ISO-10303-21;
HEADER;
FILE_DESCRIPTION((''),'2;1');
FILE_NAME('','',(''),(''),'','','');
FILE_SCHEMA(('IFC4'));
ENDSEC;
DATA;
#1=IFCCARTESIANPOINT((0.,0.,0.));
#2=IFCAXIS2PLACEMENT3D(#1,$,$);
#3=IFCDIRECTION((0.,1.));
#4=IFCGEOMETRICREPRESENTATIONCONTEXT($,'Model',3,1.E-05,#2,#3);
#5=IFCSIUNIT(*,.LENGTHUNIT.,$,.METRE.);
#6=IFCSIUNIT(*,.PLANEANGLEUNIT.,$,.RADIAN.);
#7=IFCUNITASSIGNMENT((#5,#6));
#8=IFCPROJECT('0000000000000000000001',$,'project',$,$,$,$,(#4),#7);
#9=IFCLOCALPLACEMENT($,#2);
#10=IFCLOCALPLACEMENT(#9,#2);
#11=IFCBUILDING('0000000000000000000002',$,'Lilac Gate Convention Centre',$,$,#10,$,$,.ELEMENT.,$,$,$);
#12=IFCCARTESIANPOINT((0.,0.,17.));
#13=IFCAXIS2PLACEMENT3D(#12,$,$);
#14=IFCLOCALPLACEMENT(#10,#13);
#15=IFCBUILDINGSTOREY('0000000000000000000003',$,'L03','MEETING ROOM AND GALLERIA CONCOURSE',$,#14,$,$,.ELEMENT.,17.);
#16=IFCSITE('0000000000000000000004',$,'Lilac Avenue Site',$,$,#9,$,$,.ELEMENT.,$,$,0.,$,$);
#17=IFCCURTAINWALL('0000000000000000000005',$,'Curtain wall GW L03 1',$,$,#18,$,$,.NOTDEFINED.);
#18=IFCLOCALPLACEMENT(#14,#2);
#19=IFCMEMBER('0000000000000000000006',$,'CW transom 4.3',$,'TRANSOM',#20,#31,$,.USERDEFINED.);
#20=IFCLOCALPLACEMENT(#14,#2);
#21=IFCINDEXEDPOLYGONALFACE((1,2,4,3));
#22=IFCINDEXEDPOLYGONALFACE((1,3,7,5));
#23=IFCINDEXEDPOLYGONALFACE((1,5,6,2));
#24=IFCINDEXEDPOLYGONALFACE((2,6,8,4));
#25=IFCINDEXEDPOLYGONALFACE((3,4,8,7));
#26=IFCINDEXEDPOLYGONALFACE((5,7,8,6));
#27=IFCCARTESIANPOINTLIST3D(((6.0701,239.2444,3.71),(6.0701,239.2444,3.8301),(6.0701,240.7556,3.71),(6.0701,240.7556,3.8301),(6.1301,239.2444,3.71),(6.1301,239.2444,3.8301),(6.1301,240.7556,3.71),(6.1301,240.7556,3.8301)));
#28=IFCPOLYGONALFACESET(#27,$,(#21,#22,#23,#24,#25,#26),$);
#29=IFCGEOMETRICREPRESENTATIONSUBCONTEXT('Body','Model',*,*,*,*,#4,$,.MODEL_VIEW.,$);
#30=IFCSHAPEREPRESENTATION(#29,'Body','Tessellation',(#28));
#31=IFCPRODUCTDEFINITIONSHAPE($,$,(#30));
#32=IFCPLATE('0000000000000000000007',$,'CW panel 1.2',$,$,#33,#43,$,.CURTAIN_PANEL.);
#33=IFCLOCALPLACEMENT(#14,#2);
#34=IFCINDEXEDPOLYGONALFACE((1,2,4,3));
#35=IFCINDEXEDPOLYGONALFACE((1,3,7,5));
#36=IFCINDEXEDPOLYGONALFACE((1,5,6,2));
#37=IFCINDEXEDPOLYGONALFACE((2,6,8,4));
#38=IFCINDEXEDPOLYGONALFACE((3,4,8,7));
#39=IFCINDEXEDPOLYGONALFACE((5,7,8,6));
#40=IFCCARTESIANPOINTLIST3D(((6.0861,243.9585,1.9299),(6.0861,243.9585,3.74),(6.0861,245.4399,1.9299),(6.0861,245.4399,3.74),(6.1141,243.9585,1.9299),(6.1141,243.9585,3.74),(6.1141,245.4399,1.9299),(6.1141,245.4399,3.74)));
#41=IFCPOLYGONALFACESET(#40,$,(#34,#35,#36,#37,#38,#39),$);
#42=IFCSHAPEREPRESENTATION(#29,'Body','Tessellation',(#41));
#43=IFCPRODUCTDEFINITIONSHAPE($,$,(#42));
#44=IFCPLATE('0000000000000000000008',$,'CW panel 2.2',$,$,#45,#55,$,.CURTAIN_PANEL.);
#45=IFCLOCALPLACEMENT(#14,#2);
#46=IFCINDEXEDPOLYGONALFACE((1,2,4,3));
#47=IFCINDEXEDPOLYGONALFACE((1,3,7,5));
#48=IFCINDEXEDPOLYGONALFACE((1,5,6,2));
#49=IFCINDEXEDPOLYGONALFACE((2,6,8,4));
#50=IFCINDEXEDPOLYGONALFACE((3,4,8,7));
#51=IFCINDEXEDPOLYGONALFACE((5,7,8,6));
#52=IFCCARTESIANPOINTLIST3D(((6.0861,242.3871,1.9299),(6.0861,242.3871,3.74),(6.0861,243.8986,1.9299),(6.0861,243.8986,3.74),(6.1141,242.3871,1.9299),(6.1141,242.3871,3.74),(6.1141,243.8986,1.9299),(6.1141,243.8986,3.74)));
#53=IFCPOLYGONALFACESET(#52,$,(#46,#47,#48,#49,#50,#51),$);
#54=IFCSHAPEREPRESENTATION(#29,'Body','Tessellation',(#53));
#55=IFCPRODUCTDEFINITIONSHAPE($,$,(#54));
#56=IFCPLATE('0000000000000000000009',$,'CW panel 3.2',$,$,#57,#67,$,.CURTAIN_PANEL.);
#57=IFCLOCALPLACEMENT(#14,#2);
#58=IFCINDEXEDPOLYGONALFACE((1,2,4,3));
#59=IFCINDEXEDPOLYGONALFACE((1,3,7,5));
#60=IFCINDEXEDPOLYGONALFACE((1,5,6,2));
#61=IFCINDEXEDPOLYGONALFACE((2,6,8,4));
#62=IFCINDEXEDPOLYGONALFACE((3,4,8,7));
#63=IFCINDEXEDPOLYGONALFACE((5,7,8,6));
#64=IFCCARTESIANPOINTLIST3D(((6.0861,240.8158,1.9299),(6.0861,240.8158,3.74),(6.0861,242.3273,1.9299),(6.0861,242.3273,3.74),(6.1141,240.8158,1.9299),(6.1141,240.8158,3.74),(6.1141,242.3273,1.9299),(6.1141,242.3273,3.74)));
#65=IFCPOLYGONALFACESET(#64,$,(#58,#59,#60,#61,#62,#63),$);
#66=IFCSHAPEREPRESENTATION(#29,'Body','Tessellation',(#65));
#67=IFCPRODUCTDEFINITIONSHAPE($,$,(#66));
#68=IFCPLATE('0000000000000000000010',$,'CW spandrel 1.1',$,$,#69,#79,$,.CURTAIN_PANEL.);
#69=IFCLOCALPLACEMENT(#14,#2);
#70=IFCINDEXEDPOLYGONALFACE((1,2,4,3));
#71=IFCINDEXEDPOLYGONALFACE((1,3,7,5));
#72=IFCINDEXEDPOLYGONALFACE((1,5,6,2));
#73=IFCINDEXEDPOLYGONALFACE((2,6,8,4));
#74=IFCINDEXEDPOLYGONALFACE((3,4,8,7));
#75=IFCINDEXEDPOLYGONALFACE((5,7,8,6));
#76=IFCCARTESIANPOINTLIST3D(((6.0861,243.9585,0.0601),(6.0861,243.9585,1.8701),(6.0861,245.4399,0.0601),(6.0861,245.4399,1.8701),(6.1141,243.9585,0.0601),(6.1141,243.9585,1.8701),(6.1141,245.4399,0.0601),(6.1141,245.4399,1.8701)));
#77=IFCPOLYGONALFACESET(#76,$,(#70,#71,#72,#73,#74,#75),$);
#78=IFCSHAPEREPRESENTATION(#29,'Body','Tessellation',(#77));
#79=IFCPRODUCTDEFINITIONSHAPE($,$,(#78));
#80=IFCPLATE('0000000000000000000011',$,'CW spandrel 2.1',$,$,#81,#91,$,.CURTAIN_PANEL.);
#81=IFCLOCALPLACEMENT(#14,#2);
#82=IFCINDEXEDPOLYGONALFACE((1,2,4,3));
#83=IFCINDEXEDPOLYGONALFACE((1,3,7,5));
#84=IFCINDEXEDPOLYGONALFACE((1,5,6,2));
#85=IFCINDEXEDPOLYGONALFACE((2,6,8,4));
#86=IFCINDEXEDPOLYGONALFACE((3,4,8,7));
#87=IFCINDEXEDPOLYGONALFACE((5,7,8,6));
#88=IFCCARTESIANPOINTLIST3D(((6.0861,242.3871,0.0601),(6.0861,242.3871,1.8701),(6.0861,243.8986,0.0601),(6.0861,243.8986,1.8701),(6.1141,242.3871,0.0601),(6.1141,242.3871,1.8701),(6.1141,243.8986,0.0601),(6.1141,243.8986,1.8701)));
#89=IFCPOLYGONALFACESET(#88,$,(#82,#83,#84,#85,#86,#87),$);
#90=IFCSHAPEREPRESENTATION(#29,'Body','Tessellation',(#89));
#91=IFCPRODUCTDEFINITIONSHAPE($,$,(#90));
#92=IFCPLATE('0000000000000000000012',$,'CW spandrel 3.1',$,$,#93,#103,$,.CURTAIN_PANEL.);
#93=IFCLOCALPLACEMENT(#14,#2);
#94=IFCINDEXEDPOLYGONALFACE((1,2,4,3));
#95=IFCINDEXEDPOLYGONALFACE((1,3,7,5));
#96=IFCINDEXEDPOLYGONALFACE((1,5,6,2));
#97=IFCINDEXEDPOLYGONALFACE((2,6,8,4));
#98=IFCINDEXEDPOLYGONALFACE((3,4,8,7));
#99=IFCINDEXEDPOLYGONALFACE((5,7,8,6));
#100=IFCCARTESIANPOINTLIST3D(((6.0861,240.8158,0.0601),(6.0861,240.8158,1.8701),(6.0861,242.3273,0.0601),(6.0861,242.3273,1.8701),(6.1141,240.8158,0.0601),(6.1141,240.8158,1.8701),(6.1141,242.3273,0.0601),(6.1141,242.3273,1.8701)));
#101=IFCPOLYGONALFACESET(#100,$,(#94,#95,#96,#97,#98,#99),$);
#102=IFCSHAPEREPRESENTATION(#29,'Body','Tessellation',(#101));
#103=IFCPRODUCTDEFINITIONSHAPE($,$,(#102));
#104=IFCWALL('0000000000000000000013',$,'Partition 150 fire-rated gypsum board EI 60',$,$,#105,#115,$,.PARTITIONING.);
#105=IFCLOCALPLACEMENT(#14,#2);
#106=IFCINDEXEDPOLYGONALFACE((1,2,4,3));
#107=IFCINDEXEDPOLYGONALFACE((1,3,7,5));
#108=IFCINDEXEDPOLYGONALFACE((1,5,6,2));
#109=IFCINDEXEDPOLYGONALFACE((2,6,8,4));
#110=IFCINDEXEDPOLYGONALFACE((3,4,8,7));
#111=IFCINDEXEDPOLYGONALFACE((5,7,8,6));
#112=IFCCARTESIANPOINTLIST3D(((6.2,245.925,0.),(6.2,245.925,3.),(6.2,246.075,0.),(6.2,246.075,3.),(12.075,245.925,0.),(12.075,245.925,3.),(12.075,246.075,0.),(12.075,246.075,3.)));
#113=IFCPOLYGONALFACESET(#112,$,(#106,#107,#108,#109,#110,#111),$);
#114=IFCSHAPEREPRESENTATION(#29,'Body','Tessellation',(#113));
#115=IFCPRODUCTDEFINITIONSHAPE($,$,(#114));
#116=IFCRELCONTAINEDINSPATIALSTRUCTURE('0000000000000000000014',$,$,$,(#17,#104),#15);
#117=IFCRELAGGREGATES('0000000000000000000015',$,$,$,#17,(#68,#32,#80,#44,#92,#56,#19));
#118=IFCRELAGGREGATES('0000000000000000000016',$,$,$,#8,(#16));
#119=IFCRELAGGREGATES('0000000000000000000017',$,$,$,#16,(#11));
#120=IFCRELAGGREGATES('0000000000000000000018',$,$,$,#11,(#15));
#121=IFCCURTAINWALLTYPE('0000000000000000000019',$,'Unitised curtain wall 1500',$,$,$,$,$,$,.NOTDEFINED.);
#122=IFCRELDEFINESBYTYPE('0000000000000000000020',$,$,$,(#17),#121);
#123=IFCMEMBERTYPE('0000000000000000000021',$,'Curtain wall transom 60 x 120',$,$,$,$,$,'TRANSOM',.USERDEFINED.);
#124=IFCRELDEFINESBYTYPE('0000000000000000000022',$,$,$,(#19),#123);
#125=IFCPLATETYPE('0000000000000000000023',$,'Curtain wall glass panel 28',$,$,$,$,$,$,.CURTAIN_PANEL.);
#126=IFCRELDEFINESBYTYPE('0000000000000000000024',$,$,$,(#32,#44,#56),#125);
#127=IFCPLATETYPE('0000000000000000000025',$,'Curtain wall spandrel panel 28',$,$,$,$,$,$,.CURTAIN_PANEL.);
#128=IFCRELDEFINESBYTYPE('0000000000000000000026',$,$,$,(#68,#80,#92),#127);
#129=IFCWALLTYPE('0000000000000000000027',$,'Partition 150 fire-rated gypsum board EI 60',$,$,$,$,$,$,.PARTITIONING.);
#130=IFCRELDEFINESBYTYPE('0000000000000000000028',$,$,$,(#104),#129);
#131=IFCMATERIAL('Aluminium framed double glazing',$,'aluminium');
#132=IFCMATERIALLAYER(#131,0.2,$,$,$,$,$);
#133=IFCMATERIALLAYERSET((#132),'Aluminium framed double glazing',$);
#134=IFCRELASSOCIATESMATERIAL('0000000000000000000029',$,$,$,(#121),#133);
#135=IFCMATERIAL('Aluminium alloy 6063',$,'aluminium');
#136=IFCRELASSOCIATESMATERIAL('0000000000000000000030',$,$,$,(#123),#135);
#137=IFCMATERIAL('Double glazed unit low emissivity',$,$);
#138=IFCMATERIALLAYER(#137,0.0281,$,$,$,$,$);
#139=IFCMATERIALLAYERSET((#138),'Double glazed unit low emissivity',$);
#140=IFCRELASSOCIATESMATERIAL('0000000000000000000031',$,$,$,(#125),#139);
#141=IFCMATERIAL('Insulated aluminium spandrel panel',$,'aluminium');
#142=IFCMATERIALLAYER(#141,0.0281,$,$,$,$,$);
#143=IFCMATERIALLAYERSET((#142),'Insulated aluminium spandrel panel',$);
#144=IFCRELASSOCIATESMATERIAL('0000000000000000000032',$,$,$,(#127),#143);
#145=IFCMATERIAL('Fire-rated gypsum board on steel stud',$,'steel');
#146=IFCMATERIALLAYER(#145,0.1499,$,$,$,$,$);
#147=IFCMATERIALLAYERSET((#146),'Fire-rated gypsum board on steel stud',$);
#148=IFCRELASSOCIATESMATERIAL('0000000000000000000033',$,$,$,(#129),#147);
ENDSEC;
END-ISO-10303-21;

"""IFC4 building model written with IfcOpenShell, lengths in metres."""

from ifc_helpers import new_model, si_unit, direction, frame, frame_2d, origin, origin_2d, place, context, subcontext, project, spatial, rectangle, extrude, material, layer, layer_set, material_profile, profile_set, type_object, element, aggregate, save


model = new_model("IFC4")

# Units and contexts
model_context = context("Model", 3, precision=1e-05, world=origin(), true_north=direction((0.0, 1.0)))
body_context = subcontext(model_context, "Body", "Model", "MODEL_VIEW")
ifc_project = project(units=[si_unit("LENGTHUNIT", "METRE"), si_unit("PLANEANGLEUNIT", "RADIAN")], contexts=[model_context])

# Site, building, storey
site_placement = place(None, origin())
site = spatial("IfcSite", under=ifc_project, at=site_placement, Name="Lilac Avenue Site", CompositionType="ELEMENT", RefElevation=0.0)
building_placement = place(site_placement, origin())
building = spatial("IfcBuilding", under=site, at=building_placement, Name="Lilac Gate Convention Centre", CompositionType="ELEMENT")
storey_placement = place(building_placement, frame((0.0, 0.0, 17.0)))
storey = spatial("IfcBuildingStorey", under=building, at=storey_placement, Name="L03", Description="MEETING ROOM AND GALLERIA CONCOURSE", CompositionType="ELEMENT", Elevation=17.0)

# Curtain wall, member, plates
ifc_material_1 = material(Name="Aluminium framed double glazing", Category="aluminium")
ifc_layer_1 = layer(ifc_material_1, 0.2)
ifc_layer_set_1 = layer_set([ifc_layer_1], Name="Aluminium framed double glazing")
curtain_wall_type = type_object("IfcCurtainWallType", Name="Unitised curtain wall 1500", PredefinedType="NOTDEFINED", material=ifc_layer_set_1)
curtain_wall_placement = place(storey_placement, origin())
curtain_wall = element("IfcCurtainWall", 1, at=curtain_wall_placement, inside=storey, type_object=curtain_wall_type, Name="Curtain wall GW L03 1", PredefinedType="NOTDEFINED")
ifc_material_2 = material(Name="Aluminium alloy 6063", Category="aluminium")
ifc_material_profile_1 = material_profile(ifc_material_2, rectangle(XDim=0.0601, YDim=0.1201, at=origin_2d()), Name="Curtain wall transom 60 x 120")
ifc_profile_set_1 = profile_set([ifc_material_profile_1], Name="Aluminium alloy 6063")
member_type_1 = type_object("IfcMemberType", Name="Curtain wall transom 60 x 120", ElementType="TRANSOM", PredefinedType="USERDEFINED", material=ifc_profile_set_1)
member_1_placement = place(storey_placement, frame((6.1001, 240.7556, 3.77), z_axis=(0.0, -1.0, 0.0), x_axis=(1.0, 0.0, 0.0)))
member_1 = element("IfcMember", 2, at=member_1_placement, type_object=member_type_1, Name="CW transom 4.3", ObjectType="TRANSOM", PredefinedType="USERDEFINED", context=body_context, shape_type="SweptSolid", body=[
    extrude(rectangle(XDim=0.0601, YDim=0.1201, at=origin_2d()), origin(), (0.0, 0.0, 1.0), 1.5112),
])
ifc_material_3 = material(Name="Double glazed unit low emissivity")
ifc_layer_2 = layer(ifc_material_3, 0.0281)
ifc_layer_set_2 = layer_set([ifc_layer_2], Name="Double glazed unit low emissivity")
plate_type_1 = type_object("IfcPlateType", Name="Curtain wall glass panel 28", PredefinedType="CURTAIN_PANEL", material=ifc_layer_set_2)
plate_1_placement = place(storey_placement, frame((6.1001, 244.6992, 1.9299), z_axis=(0.0, 0.0, 1.0), x_axis=(0.0, -1.0, 0.0)))
plate_1 = element("IfcPlate", 3, at=plate_1_placement, type_object=plate_type_1, Name="CW panel 1.2", PredefinedType="CURTAIN_PANEL", context=body_context, shape_type="SweptSolid", body=[
    extrude(rectangle(XDim=1.4814, YDim=0.0281, at=origin_2d()), origin(), (0.0, 0.0, 1.0), 1.8101),
])
plate_2_placement = place(storey_placement, frame((6.1001, 243.1428, 1.9299), z_axis=(0.0, 0.0, 1.0), x_axis=(0.0, -1.0, 0.0)))
plate_2 = element("IfcPlate", 4, at=plate_2_placement, type_object=plate_type_1, Name="CW panel 2.2", PredefinedType="CURTAIN_PANEL", context=body_context, shape_type="SweptSolid", body=[
    extrude(rectangle(XDim=1.5115, YDim=0.0281, at=origin_2d()), origin(), (0.0, 0.0, 1.0), 1.8101),
])
plate_3_placement = place(storey_placement, frame((6.1001, 241.5715, 1.9299), z_axis=(0.0, 0.0, 1.0), x_axis=(0.0, -1.0, 0.0)))
plate_3 = element("IfcPlate", 5, at=plate_3_placement, type_object=plate_type_1, Name="CW panel 3.2", PredefinedType="CURTAIN_PANEL", context=body_context, shape_type="SweptSolid", body=[
    extrude(rectangle(XDim=1.5115, YDim=0.0281, at=origin_2d()), origin(), (0.0, 0.0, 1.0), 1.8101),
])
ifc_material_4 = material(Name="Insulated aluminium spandrel panel", Category="aluminium")
ifc_layer_3 = layer(ifc_material_4, 0.0281)
ifc_layer_set_3 = layer_set([ifc_layer_3], Name="Insulated aluminium spandrel panel")
plate_type_2 = type_object("IfcPlateType", Name="Curtain wall spandrel panel 28", PredefinedType="CURTAIN_PANEL", material=ifc_layer_set_3)
plate_4_placement = place(storey_placement, frame((6.1001, 244.6992, 0.0601), z_axis=(0.0, 0.0, 1.0), x_axis=(0.0, -1.0, 0.0)))
plate_4 = element("IfcPlate", 6, at=plate_4_placement, type_object=plate_type_2, Name="CW spandrel 1.1", PredefinedType="CURTAIN_PANEL", context=body_context, shape_type="SweptSolid", body=[
    extrude(rectangle(XDim=1.4814, YDim=0.0281, at=origin_2d()), origin(), (0.0, 0.0, 1.0), 1.8101),
])
plate_5_placement = place(storey_placement, frame((6.1001, 243.1428, 0.0601), z_axis=(0.0, 0.0, 1.0), x_axis=(0.0, -1.0, 0.0)))
plate_5 = element("IfcPlate", 7, at=plate_5_placement, type_object=plate_type_2, Name="CW spandrel 2.1", PredefinedType="CURTAIN_PANEL", context=body_context, shape_type="SweptSolid", body=[
    extrude(rectangle(XDim=1.5115, YDim=0.0281, at=origin_2d()), origin(), (0.0, 0.0, 1.0), 1.8101),
])
plate_6_placement = place(storey_placement, frame((6.1001, 241.5715, 0.0601), z_axis=(0.0, 0.0, 1.0), x_axis=(0.0, -1.0, 0.0)))
plate_6 = element("IfcPlate", 8, at=plate_6_placement, type_object=plate_type_2, Name="CW spandrel 3.1", PredefinedType="CURTAIN_PANEL", context=body_context, shape_type="SweptSolid", body=[
    extrude(rectangle(XDim=1.5115, YDim=0.0281, at=origin_2d()), origin(), (0.0, 0.0, 1.0), 1.8101),
])
aggregate(curtain_wall, [plate_4, plate_1, plate_5, plate_2, plate_6, plate_3, member_1])

# Wall
ifc_material_5 = material(Name="Fire-rated gypsum board on steel stud", Category="steel")
ifc_layer_4 = layer(ifc_material_5, 0.1499)
ifc_layer_set_4 = layer_set([ifc_layer_4], Name="Fire-rated gypsum board on steel stud")
wall_type = type_object("IfcWallType", Name="Partition 150 fire-rated gypsum board EI 60", PredefinedType="PARTITIONING", material=ifc_layer_set_4)
wall_placement = place(storey_placement, frame((6.2, 246.0, 0.0), z_axis=(0.0, 0.0, 1.0), x_axis=(1.0, 0.0, 0.0)))
element("IfcWall", 9, at=wall_placement, inside=storey, type_object=wall_type, Name="Partition 150 fire-rated gypsum board EI 60", PredefinedType="PARTITIONING", context=body_context, shape_type="SweptSolid", body=[
    extrude(rectangle(XDim=5.875, YDim=0.1499, at=frame_2d((2.9375, 0.0))), origin(), (0.0, 0.0, 1.0), 3.0),
])

save(model, "model.ifc")
